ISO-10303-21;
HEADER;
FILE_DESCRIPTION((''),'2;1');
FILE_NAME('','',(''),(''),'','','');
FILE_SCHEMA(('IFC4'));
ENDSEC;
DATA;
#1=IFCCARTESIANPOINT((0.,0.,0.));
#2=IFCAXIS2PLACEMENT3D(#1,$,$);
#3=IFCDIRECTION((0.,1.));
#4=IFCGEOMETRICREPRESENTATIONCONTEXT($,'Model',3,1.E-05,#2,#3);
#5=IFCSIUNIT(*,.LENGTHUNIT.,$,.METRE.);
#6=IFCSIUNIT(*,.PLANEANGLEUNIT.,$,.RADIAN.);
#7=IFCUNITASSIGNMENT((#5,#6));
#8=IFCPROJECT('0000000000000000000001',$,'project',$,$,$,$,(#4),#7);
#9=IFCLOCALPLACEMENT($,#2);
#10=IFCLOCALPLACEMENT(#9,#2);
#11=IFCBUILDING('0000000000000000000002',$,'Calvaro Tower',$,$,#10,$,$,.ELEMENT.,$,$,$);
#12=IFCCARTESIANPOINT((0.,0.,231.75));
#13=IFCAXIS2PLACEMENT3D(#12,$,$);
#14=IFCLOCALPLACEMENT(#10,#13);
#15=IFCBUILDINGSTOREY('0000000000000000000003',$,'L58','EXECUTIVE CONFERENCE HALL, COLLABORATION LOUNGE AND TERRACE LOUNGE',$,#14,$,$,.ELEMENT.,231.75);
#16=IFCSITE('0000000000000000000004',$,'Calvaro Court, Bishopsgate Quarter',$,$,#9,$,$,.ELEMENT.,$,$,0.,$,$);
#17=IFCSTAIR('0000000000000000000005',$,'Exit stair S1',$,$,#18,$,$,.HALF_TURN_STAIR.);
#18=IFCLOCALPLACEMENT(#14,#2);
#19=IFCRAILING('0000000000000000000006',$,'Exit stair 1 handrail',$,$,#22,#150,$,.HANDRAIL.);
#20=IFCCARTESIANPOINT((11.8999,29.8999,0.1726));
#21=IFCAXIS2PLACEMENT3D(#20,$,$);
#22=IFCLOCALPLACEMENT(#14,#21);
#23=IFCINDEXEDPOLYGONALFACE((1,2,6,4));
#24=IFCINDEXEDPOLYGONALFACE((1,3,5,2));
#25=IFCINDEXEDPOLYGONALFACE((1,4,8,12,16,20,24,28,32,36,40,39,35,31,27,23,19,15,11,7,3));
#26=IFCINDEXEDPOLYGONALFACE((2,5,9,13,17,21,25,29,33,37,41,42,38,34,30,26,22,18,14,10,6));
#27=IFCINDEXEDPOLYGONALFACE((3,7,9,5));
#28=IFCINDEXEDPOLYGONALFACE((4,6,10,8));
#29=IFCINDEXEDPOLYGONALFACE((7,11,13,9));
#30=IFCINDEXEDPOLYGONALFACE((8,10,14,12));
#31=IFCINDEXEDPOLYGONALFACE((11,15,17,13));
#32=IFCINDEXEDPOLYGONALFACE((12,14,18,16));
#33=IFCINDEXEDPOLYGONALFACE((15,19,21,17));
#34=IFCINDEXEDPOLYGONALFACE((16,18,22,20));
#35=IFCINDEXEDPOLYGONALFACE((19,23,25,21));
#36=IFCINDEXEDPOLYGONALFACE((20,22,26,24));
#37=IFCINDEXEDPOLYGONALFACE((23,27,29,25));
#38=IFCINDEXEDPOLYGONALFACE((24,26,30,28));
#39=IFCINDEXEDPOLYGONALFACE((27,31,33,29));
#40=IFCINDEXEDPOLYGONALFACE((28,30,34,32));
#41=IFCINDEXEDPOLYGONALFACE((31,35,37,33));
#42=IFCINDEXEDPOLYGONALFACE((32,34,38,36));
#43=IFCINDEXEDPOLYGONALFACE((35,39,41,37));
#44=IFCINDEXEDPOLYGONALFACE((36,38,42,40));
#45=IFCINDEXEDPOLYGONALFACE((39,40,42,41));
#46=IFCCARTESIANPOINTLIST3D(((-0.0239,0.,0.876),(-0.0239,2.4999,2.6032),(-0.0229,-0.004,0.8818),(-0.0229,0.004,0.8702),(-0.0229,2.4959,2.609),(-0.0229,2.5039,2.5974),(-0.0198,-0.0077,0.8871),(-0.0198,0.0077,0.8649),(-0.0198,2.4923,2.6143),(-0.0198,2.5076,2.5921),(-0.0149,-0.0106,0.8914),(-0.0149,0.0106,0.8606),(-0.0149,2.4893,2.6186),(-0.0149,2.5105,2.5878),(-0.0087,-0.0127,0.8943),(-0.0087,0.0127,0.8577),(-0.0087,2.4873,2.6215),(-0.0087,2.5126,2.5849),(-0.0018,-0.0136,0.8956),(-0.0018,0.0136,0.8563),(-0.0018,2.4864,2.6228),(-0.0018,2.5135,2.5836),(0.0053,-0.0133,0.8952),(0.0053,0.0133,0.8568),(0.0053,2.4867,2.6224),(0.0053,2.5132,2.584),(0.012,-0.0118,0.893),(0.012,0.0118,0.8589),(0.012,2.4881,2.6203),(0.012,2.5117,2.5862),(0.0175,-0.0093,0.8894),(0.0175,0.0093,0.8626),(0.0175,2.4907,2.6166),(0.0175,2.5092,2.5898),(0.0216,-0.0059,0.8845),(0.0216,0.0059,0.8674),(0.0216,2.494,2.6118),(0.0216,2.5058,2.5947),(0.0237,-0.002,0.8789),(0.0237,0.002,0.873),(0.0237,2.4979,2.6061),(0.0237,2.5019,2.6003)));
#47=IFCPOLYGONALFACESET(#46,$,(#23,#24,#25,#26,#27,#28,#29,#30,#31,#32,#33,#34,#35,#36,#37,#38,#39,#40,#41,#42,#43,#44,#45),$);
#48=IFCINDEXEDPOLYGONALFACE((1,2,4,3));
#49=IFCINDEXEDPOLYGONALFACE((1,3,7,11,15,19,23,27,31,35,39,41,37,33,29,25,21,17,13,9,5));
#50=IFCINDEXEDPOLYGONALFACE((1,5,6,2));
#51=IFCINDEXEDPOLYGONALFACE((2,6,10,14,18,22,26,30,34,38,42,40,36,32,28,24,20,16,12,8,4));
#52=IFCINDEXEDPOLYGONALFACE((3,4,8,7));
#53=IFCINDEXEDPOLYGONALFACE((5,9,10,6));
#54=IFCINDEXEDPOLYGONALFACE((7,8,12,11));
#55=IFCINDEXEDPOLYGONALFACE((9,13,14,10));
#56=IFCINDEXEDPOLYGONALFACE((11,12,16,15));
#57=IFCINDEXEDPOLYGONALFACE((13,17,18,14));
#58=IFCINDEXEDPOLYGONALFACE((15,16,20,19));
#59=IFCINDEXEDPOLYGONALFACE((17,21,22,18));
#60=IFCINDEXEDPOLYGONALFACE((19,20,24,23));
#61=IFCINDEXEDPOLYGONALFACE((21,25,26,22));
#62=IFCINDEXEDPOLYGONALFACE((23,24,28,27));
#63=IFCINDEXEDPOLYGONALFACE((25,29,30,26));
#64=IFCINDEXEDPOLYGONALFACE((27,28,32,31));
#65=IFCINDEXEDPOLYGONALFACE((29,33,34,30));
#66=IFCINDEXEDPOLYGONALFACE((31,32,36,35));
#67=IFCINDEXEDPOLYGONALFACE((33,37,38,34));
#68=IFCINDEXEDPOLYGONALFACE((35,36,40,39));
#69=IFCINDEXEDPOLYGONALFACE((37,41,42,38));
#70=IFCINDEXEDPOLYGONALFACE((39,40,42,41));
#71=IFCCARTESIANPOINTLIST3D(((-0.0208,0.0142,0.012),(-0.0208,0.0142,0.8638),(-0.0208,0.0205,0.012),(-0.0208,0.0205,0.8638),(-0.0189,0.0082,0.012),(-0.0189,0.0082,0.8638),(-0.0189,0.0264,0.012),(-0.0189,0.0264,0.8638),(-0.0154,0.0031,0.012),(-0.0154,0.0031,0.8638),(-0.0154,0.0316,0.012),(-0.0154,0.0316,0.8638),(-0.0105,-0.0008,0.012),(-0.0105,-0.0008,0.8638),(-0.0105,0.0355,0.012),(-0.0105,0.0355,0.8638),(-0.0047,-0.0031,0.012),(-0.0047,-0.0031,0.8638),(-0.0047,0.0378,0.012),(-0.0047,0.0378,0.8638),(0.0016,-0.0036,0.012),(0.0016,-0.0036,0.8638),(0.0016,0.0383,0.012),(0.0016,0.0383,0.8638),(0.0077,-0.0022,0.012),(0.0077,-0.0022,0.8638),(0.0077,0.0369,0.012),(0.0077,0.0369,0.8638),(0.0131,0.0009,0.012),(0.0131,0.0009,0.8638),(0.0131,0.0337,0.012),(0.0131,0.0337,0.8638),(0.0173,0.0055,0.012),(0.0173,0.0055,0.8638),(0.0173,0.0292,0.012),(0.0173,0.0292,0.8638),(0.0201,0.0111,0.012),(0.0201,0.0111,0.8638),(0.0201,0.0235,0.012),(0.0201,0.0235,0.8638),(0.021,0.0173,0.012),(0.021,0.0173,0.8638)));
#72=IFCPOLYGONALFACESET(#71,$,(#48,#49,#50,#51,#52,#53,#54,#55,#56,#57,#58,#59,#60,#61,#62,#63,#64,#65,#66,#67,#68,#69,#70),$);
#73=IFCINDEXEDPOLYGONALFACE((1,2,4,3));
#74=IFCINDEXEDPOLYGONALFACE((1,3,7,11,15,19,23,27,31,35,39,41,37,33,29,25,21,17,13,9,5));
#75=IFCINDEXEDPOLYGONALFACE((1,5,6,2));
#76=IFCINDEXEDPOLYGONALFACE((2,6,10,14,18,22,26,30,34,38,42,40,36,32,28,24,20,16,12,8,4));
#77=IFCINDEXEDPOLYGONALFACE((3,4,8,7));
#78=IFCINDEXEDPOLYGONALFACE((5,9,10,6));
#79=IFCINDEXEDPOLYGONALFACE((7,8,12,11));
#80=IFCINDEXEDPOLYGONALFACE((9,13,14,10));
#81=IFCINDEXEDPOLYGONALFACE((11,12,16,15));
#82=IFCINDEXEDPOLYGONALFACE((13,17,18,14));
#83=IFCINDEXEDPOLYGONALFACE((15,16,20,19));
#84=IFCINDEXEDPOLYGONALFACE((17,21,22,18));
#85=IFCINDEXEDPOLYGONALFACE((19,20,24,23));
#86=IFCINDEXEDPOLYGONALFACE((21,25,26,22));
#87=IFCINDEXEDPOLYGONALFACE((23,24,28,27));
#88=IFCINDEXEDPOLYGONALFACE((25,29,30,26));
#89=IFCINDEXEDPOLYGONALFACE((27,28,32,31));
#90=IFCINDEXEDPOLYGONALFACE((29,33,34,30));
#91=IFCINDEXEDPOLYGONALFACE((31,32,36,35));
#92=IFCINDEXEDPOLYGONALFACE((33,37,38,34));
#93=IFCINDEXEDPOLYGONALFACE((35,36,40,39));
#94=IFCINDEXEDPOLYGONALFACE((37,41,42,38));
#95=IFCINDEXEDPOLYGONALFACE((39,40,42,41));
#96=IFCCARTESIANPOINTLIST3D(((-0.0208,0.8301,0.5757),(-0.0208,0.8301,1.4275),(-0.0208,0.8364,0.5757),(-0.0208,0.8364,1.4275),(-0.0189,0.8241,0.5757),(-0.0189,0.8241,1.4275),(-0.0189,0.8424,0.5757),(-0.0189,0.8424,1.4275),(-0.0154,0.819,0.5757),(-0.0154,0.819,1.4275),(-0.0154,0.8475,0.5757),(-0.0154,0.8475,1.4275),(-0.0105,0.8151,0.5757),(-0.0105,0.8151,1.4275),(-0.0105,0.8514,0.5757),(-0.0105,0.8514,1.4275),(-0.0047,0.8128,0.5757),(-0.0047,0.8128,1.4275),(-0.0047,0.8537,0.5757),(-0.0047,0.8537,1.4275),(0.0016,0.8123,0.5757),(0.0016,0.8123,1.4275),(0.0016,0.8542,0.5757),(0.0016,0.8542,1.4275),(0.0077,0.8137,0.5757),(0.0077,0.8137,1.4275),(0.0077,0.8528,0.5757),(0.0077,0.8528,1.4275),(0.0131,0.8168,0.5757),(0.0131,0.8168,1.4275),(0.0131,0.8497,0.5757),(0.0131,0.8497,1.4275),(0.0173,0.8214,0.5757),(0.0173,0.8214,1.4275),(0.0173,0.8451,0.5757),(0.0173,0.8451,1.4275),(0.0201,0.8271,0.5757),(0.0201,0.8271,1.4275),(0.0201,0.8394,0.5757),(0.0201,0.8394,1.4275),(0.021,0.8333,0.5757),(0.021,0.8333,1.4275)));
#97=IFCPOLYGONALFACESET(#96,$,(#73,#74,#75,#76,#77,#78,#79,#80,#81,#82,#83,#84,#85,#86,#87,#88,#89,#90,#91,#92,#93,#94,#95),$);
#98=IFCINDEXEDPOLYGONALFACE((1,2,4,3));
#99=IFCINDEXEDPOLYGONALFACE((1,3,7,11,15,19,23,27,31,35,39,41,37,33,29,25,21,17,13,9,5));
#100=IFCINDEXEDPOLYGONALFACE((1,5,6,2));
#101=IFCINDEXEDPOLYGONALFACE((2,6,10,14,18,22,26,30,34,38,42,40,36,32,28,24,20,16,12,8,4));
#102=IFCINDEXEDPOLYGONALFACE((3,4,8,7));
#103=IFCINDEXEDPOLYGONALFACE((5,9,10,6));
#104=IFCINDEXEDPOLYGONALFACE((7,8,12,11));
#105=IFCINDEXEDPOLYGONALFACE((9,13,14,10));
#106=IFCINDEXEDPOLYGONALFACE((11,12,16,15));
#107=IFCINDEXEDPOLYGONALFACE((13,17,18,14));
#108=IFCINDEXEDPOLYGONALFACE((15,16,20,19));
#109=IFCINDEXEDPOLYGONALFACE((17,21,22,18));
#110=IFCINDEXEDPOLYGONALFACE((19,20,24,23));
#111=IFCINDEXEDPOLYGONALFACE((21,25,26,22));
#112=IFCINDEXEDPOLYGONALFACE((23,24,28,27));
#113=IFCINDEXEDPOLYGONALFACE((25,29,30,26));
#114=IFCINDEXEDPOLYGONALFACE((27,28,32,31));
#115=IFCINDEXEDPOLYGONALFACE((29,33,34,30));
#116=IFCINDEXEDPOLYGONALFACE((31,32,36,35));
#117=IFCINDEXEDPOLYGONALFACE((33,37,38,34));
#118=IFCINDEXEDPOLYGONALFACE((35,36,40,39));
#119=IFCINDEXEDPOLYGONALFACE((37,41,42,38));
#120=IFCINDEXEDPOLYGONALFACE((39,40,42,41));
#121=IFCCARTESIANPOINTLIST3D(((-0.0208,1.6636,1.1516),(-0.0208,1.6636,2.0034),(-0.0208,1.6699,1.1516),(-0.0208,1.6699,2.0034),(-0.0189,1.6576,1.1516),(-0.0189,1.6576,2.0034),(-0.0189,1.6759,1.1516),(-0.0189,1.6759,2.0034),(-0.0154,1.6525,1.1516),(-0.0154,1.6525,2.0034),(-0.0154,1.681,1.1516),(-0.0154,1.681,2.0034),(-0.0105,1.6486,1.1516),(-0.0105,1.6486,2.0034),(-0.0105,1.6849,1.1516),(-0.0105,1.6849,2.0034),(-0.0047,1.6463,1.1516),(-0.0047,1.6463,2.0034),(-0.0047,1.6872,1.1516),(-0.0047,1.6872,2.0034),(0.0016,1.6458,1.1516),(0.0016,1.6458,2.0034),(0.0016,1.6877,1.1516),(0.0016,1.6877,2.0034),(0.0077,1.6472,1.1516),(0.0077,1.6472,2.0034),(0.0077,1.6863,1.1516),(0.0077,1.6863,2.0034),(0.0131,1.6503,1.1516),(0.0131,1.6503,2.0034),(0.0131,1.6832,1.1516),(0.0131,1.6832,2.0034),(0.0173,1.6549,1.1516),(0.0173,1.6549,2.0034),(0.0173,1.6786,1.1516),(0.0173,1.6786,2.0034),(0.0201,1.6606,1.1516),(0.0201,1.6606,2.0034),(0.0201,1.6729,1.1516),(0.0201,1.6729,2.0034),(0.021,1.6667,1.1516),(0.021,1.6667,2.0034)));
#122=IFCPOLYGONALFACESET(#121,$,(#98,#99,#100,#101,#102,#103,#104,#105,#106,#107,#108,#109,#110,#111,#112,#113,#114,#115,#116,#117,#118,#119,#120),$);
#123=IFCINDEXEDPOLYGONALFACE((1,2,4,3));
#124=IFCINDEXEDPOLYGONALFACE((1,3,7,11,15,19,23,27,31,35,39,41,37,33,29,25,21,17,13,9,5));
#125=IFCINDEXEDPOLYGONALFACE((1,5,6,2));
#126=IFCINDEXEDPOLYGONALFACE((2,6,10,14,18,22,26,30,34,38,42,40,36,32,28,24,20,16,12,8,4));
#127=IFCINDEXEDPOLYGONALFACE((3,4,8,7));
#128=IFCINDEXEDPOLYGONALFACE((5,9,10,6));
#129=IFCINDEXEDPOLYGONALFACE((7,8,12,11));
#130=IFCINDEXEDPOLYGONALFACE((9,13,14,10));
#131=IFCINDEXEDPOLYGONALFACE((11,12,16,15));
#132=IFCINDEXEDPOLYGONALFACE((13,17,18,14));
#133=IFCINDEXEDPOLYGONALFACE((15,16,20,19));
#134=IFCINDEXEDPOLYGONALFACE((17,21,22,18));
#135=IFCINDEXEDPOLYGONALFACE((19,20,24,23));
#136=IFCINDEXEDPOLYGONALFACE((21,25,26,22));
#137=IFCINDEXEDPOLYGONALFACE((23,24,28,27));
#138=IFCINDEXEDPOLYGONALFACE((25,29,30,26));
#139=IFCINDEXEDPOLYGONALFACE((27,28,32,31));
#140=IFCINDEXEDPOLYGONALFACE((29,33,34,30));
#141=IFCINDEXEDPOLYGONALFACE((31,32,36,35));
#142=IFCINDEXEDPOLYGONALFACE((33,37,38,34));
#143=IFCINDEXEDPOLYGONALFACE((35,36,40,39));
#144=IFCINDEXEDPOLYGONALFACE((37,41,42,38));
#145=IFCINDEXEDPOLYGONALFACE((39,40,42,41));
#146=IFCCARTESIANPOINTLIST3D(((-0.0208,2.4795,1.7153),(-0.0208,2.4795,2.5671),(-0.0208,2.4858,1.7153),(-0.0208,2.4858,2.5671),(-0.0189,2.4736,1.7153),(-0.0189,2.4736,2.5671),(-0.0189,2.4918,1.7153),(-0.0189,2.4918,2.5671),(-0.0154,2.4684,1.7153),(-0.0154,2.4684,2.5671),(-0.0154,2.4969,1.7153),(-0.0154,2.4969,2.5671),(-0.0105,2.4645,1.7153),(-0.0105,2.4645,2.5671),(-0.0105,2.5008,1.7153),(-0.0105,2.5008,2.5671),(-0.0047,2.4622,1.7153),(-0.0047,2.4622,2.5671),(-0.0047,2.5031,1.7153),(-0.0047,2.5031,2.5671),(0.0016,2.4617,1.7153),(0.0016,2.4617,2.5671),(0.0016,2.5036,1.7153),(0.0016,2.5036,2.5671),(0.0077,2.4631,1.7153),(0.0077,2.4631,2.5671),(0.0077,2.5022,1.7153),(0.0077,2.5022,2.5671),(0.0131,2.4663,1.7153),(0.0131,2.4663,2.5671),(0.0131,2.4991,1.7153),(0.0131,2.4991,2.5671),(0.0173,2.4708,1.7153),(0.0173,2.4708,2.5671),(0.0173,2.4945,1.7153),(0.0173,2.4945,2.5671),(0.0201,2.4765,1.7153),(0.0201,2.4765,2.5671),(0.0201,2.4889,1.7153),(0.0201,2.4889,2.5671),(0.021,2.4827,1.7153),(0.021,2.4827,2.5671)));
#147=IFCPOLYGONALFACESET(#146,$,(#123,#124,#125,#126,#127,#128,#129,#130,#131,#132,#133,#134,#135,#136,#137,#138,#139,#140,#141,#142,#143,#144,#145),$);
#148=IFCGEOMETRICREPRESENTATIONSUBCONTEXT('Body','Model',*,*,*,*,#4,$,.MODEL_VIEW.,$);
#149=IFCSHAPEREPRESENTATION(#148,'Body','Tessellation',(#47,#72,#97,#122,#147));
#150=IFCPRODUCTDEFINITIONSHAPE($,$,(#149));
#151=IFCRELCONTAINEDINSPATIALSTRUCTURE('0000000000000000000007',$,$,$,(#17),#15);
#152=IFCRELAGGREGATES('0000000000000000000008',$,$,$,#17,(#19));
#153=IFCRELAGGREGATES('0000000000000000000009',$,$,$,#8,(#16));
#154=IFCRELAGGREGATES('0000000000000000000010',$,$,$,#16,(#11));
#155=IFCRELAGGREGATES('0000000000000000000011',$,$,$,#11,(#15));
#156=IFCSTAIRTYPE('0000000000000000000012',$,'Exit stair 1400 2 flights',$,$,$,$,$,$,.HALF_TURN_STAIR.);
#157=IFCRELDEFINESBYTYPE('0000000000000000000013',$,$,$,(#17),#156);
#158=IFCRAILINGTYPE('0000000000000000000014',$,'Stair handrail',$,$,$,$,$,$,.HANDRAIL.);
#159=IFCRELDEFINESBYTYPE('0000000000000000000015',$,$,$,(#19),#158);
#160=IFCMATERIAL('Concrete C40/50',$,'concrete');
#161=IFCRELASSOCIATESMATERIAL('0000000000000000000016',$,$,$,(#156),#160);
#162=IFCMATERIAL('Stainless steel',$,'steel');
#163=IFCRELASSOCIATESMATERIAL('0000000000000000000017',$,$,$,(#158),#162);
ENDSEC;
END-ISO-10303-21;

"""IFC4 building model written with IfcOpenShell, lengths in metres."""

from ifc_helpers import new_model, si_unit, direction, frame, origin, origin_2d, place, context, subcontext, project, spatial, circle, extrude, material, type_object, element, aggregate, save


model = new_model("IFC4")

# Units and contexts
model_context = context("Model", 3, precision=1e-05, world=origin(), true_north=direction((0.0, 1.0)))
body_context = subcontext(model_context, "Body", "Model", "MODEL_VIEW")
ifc_project = project(units=[si_unit("LENGTHUNIT", "METRE"), si_unit("PLANEANGLEUNIT", "RADIAN")], contexts=[model_context])

# Site, building, storey
site_placement = place(None, origin())
site = spatial("IfcSite", under=ifc_project, at=site_placement, Name="Calvaro Court, Bishopsgate Quarter", CompositionType="ELEMENT", RefElevation=0.0)
building_placement = place(site_placement, origin())
building = spatial("IfcBuilding", under=site, at=building_placement, Name="Calvaro Tower", CompositionType="ELEMENT")
storey_placement = place(building_placement, frame((0.0, 0.0, 231.75)))
storey = spatial("IfcBuildingStorey", under=building, at=storey_placement, Name="L58", Description="EXECUTIVE CONFERENCE HALL, COLLABORATION LOUNGE AND TERRACE LOUNGE", CompositionType="ELEMENT", Elevation=231.75)

# Stair, railing
ifc_material_1 = material(Name="Concrete C40/50", Category="concrete")
stair_type = type_object("IfcStairType", Name="Exit stair 1400 2 flights", PredefinedType="HALF_TURN_STAIR", material=ifc_material_1)
stair_placement = place(storey_placement, origin())
stair = element("IfcStair", 1, at=stair_placement, inside=storey, type_object=stair_type, Name="Exit stair S1", PredefinedType="HALF_TURN_STAIR")
ifc_material_2 = material(Name="Stainless steel", Category="steel")
railing_type = type_object("IfcRailingType", Name="Stair handrail", PredefinedType="HANDRAIL", material=ifc_material_2)
railing_1_placement = place(storey_placement, frame((11.8999, 29.8999, 0.1726)))
railing_1 = element("IfcRailing", 2, at=railing_1_placement, type_object=railing_type, Name="Exit stair 1 handrail", PredefinedType="HANDRAIL", context=body_context, shape_type="SweptSolid", body=[
    extrude(circle(Radius=0.0239, at=origin_2d()), frame((0.0, 0.0, 0.876), z_axis=(0.0, 0.822727, 0.568437), x_axis=(-1.0, 0.0, 0.0)), (0.0, 0.0, 1.0), 3.0386),
    extrude(circle(Radius=0.021, at=origin_2d()), frame((0.0, 0.0173, 0.012)), (0.0, 0.0, 1.0), 0.8518),
    extrude(circle(Radius=0.021, at=origin_2d()), frame((0.0, 0.8333, 0.5757)), (0.0, 0.0, 1.0), 0.8518),
    extrude(circle(Radius=0.021, at=origin_2d()), frame((0.0, 1.6667, 1.1516)), (0.0, 0.0, 1.0), 0.8518),
    extrude(circle(Radius=0.021, at=origin_2d()), frame((0.0, 2.4827, 1.7153)), (0.0, 0.0, 1.0), 0.8518),
])
aggregate(stair, [railing_1])

save(model, "model.ifc")
